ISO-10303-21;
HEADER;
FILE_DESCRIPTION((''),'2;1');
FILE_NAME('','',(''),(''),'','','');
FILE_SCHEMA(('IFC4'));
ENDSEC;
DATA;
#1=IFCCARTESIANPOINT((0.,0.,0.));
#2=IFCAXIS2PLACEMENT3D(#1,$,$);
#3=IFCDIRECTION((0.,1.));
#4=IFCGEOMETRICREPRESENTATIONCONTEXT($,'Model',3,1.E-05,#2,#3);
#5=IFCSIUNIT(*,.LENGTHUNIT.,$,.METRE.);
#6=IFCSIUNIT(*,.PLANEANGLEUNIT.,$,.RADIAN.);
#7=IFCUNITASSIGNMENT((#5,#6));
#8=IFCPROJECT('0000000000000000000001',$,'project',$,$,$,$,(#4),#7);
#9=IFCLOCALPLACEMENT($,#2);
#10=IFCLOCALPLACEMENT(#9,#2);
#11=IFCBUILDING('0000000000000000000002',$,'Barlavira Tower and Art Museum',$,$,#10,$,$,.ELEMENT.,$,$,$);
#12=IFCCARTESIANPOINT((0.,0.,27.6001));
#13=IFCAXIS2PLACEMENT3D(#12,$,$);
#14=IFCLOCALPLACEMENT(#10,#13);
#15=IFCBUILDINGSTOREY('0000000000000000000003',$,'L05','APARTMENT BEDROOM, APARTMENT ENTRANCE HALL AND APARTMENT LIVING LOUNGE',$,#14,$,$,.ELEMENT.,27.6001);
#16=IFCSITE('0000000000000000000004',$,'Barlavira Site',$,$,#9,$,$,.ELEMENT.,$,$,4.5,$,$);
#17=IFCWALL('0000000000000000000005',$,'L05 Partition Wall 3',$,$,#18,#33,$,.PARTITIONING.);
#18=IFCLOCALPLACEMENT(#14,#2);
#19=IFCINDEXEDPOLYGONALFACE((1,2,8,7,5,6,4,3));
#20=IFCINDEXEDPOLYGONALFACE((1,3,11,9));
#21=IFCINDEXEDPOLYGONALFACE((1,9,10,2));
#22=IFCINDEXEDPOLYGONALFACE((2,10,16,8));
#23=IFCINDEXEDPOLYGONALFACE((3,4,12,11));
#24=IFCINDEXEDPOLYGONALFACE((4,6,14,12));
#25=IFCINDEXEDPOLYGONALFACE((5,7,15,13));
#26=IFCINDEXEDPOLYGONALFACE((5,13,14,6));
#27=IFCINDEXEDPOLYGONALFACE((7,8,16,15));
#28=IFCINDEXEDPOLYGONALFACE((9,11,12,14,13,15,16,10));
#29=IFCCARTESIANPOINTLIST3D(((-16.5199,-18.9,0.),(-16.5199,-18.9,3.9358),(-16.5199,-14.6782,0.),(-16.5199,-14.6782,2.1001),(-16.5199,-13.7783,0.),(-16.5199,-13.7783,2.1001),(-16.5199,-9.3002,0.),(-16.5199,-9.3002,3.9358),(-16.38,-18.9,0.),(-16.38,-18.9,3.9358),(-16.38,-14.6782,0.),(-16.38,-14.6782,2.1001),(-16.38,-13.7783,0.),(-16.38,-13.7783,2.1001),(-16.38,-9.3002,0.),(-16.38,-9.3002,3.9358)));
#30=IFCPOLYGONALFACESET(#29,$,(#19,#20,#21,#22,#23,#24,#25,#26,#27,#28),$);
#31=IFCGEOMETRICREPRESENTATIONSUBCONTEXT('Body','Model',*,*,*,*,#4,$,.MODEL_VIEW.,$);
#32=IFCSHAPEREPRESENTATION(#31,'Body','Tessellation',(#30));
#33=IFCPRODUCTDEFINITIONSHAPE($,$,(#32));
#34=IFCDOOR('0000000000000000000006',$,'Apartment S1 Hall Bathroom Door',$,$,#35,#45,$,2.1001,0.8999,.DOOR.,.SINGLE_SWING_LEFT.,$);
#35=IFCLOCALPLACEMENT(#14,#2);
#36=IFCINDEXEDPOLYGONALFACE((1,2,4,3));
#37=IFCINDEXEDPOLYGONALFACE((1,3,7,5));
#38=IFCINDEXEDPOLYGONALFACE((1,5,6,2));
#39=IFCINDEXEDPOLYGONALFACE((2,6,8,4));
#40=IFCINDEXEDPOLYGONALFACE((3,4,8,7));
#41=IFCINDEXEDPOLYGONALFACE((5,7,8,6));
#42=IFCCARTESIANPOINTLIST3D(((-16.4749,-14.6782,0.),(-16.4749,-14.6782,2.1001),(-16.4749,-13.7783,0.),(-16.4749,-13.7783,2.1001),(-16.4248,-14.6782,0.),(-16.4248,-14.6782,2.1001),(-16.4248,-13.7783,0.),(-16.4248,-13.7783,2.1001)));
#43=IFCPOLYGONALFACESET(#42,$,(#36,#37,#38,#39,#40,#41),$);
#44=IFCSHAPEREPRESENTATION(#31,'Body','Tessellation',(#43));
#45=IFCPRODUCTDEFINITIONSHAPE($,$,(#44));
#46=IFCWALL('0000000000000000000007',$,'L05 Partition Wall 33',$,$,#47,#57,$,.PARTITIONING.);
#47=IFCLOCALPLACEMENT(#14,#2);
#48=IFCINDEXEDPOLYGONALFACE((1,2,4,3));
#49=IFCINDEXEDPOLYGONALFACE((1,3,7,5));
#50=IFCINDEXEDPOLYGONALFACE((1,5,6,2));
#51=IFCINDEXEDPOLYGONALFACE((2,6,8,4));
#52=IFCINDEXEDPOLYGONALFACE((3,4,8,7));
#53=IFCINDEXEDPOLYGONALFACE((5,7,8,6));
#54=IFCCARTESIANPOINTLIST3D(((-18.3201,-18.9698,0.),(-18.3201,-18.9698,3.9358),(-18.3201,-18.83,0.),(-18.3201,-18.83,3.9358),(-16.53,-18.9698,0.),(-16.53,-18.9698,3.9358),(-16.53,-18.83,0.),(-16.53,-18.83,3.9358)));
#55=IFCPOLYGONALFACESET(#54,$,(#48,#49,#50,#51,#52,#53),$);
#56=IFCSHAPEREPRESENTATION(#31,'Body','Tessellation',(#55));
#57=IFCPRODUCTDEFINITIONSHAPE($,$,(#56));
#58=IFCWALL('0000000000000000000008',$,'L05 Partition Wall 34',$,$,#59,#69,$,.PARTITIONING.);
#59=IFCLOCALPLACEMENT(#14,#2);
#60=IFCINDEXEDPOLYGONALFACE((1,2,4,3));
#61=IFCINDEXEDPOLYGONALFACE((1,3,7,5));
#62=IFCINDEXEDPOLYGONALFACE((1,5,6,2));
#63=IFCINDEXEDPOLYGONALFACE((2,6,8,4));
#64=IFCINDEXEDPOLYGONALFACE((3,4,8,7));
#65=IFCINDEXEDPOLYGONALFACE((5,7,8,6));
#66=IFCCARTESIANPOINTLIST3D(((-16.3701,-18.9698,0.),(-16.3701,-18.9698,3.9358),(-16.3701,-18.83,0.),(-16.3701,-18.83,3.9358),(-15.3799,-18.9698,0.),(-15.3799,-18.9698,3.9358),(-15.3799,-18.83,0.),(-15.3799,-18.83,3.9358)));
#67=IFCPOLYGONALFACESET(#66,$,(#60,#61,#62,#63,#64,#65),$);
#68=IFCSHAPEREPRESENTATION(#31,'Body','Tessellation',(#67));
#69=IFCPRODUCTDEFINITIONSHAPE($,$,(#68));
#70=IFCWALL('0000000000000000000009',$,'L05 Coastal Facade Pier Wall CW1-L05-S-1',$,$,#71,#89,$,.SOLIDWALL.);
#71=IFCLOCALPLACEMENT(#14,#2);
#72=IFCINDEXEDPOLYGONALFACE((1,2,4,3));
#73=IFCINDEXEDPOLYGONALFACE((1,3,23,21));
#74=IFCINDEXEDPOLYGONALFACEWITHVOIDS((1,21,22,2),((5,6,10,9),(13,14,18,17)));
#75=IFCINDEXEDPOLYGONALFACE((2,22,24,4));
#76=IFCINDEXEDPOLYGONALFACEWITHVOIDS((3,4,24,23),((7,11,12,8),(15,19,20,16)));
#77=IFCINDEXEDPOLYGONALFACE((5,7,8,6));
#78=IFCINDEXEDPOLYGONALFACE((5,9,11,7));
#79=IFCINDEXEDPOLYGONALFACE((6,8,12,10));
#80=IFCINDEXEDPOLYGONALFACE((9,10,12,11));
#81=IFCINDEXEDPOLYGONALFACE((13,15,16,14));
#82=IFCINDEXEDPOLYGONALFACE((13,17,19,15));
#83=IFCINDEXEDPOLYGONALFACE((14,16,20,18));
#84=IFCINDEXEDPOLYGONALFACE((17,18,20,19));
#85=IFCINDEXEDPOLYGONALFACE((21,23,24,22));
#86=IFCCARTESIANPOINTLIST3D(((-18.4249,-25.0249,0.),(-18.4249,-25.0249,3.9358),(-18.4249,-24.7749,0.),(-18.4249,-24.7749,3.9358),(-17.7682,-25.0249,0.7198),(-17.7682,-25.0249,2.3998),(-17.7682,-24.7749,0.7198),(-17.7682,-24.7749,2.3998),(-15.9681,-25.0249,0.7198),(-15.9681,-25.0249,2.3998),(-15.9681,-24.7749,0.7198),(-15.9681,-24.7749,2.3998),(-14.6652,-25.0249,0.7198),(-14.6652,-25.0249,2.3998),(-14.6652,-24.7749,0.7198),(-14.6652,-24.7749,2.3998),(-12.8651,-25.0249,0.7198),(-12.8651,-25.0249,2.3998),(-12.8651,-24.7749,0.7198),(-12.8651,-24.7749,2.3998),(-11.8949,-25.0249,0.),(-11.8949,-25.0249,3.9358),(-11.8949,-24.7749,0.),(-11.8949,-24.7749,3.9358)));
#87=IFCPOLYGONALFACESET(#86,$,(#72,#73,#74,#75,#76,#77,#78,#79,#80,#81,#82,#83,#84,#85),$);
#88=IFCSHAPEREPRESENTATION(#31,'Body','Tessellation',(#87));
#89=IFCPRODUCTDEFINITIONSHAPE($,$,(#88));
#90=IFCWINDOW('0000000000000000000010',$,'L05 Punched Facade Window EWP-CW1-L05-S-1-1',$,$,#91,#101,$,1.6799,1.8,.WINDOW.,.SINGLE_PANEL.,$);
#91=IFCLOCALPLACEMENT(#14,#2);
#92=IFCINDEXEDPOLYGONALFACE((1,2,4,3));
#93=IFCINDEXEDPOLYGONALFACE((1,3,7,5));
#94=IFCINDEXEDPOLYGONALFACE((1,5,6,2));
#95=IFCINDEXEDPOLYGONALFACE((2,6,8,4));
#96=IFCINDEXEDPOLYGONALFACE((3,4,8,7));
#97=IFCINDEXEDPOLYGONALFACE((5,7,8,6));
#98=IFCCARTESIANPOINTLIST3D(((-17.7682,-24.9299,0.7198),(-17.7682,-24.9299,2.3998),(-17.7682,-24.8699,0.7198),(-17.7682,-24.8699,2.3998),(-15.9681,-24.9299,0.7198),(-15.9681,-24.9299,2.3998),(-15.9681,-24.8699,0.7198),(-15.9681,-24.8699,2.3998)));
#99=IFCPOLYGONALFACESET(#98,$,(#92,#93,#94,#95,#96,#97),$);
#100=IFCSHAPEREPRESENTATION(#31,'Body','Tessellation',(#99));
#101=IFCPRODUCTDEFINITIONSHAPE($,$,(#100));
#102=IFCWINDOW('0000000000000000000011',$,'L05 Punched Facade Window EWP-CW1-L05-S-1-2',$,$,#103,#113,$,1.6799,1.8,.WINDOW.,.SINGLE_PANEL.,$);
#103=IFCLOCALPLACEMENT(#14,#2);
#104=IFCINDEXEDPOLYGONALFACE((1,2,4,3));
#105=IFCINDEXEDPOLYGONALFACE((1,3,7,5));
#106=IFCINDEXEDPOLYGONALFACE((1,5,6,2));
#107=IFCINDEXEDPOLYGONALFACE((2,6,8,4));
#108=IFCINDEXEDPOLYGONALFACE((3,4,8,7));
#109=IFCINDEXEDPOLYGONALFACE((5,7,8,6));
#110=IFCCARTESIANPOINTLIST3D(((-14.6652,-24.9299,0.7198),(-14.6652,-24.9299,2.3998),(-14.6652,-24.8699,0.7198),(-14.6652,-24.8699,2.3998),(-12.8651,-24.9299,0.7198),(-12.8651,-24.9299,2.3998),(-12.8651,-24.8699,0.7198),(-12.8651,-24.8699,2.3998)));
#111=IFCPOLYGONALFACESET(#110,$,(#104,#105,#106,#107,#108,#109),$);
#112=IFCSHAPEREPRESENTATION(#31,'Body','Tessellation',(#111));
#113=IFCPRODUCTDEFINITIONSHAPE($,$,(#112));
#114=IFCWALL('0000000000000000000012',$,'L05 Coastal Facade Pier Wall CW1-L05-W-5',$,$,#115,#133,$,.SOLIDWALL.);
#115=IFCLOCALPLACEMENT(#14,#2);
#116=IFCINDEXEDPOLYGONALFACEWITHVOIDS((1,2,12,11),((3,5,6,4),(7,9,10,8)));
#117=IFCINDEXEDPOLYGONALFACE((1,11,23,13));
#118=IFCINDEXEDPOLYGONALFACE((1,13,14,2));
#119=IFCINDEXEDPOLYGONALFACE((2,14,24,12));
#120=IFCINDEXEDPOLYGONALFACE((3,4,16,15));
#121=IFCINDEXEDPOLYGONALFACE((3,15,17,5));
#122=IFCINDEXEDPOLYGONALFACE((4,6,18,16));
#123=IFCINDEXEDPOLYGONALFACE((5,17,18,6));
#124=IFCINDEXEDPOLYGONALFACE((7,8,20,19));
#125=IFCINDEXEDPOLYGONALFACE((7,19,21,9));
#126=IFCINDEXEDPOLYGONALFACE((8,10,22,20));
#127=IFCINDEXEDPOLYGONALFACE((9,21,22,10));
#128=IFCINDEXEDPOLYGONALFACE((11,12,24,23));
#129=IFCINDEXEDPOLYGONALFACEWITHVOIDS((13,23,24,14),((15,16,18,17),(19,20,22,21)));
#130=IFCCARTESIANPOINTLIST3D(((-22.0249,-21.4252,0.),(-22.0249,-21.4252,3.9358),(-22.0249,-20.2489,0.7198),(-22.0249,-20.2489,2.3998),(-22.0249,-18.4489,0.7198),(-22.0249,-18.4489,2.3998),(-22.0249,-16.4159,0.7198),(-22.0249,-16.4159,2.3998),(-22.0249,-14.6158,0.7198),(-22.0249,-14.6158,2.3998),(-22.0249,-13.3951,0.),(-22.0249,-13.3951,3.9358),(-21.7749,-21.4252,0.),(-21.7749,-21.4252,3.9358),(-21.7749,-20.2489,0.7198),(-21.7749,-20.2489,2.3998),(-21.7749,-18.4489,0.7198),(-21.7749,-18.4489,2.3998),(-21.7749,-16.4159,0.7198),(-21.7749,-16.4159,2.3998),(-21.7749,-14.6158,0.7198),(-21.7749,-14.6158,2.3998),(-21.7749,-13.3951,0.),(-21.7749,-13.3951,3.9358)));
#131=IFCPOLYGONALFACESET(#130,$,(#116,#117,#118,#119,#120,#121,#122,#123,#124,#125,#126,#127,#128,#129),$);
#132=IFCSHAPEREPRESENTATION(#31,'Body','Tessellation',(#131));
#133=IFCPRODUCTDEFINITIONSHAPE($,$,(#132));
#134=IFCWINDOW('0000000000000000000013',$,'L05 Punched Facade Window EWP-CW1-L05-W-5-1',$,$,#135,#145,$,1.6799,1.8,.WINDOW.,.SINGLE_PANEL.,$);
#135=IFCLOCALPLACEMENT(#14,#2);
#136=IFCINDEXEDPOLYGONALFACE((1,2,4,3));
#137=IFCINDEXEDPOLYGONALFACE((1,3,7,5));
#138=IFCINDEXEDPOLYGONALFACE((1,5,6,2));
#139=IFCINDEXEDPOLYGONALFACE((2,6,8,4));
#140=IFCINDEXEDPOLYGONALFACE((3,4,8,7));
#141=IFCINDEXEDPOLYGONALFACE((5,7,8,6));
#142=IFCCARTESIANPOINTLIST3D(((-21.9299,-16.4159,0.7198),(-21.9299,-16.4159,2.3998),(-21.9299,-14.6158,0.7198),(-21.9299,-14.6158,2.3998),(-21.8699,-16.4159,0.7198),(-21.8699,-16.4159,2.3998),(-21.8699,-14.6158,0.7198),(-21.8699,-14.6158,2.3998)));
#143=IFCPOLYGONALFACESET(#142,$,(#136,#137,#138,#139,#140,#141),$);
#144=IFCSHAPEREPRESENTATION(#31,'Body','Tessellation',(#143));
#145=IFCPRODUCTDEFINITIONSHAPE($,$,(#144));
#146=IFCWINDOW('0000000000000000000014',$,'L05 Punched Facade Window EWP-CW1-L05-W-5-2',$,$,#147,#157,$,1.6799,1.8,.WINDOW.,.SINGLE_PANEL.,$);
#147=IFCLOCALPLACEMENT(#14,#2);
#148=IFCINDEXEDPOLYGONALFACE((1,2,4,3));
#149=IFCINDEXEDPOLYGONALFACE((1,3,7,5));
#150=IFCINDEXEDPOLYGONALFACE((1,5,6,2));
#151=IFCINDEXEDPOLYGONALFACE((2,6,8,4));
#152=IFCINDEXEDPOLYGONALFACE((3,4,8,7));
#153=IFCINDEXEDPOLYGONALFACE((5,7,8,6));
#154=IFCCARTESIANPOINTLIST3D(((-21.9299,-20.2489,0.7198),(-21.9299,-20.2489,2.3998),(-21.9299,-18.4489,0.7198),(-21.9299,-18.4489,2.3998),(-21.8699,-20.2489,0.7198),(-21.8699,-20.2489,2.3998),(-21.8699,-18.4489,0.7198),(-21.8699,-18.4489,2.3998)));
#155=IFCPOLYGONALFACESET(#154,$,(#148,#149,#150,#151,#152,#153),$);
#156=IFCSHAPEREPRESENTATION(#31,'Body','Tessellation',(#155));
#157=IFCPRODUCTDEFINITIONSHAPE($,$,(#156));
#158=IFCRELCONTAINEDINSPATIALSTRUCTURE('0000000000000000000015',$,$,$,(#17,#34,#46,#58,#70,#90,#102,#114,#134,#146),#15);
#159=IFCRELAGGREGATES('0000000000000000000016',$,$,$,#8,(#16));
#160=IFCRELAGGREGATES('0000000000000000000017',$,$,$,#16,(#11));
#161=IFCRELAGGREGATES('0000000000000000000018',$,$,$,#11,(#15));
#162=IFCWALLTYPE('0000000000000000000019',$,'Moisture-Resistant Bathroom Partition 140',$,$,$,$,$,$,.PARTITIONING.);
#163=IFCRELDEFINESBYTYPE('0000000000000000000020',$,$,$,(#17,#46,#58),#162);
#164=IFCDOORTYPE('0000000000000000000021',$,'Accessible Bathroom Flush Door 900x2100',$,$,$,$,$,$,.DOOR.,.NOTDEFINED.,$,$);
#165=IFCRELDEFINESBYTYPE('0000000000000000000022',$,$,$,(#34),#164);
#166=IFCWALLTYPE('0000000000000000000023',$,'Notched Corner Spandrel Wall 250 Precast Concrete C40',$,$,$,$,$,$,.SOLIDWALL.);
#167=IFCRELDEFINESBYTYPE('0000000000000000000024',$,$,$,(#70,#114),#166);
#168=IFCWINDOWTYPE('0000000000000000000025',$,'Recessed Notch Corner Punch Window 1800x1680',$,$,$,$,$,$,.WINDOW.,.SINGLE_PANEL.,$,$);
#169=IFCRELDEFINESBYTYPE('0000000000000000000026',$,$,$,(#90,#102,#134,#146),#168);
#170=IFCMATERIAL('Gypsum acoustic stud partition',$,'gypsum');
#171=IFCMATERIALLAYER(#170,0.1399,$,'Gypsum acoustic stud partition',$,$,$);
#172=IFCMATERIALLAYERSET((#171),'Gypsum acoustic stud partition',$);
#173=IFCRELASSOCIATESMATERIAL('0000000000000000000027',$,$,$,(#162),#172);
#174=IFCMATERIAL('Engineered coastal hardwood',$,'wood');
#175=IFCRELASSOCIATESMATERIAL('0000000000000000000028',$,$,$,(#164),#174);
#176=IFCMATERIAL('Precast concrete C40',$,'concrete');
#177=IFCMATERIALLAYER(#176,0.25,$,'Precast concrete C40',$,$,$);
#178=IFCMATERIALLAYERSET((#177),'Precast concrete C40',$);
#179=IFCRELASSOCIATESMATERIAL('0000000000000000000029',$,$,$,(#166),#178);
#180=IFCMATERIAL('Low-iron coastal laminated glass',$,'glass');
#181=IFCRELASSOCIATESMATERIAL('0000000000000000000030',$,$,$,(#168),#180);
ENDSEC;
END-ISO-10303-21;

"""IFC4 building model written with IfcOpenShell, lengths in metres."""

from ifc_helpers import new_model, si_unit, direction, frame, frame_2d, origin, place, context, subcontext, project, spatial, rectangle, extrude, material, layer, layer_set, type_object, element, fill, save


model = new_model("IFC4")

# Units and contexts
model_context = context("Model", 3, precision=1e-05, world=origin(), true_north=direction((0.0, 1.0)))
body_context = subcontext(model_context, "Body", "Model", "MODEL_VIEW")
ifc_project = project(units=[si_unit("LENGTHUNIT", "METRE"), si_unit("PLANEANGLEUNIT", "RADIAN")], contexts=[model_context])

# Site, building, storey
site_placement = place(None, origin())
site = spatial("IfcSite", under=ifc_project, at=site_placement, Name="Barlavira Site", CompositionType="ELEMENT", RefElevation=4.5)
building_placement = place(site_placement, origin())
building = spatial("IfcBuilding", under=site, at=building_placement, Name="Barlavira Tower and Art Museum", CompositionType="ELEMENT")
storey_placement = place(building_placement, frame((0.0, 0.0, 27.6001)))
storey = spatial("IfcBuildingStorey", under=building, at=storey_placement, Name="L05", Description="APARTMENT BEDROOM, APARTMENT ENTRANCE HALL AND APARTMENT LIVING LOUNGE", CompositionType="ELEMENT", Elevation=27.6001)

# Shared definitions
ifc_material_1 = material(Name="Gypsum acoustic stud partition", Category="gypsum")
ifc_material_2 = material(Name="Engineered coastal hardwood", Category="wood")

# Wall, opening, door
ifc_layer_1 = layer(ifc_material_1, 0.1399, Name="Gypsum acoustic stud partition")
ifc_layer_set_1 = layer_set([ifc_layer_1], Name="Gypsum acoustic stud partition")
wall_type_1 = type_object("IfcWallType", Name="Moisture-Resistant Bathroom Partition 140", PredefinedType="PARTITIONING", material=ifc_layer_set_1)
wall_1_placement = place(storey_placement, frame((-16.45, -18.8999, 0.0), z_axis=(0.0, 0.0, 1.0), x_axis=(0.0, 1.0, 0.0)))
wall_1 = element("IfcWall", 1, at=wall_1_placement, inside=storey, type_object=wall_type_1, Name="L05 Partition Wall 3", PredefinedType="PARTITIONING", context=body_context, shape_type="SweptSolid", body=[
    extrude(rectangle(XDim=9.5999, YDim=0.1399, at=frame_2d((4.7998, 0.0))), origin(), (0.0, 0.0, 1.0), 3.9358),
])
opening_1_placement = place(wall_1_placement, frame((4.2217, 0.0, 0.0)))
opening_1 = element("IfcOpeningElement", 2, at=opening_1_placement, cuts=wall_1, PredefinedType="OPENING", context=body_context, shape_type="SweptSolid", body=[
    extrude(rectangle(XDim=0.8999, YDim=2.1001, at=frame_2d((0.45, 1.05))), frame((0.0, 0.0801, 0.0), z_axis=(0.0, -1.0, 0.0), x_axis=(1.0, 0.0, 0.0)), (0.0, 0.0, 1.0), 0.1599),
])
door_type_1 = type_object("IfcDoorType", Name="Accessible Bathroom Flush Door 900x2100", OperationType="NOTDEFINED", PredefinedType="DOOR", material=ifc_material_2)
door_1_placement = place(opening_1_placement, origin())
door_1 = element("IfcDoor", 3, at=door_1_placement, inside=storey, type_object=door_type_1, Name="Apartment S1 Hall Bathroom Door", OperationType="SINGLE_SWING_LEFT", OverallHeight=2.1001, OverallWidth=0.8999, PredefinedType="DOOR", context=body_context, shape_type="SweptSolid", body=[
    extrude(rectangle(XDim=0.8999, YDim=2.1001, at=frame_2d((0.45, 1.05))), frame((0.0, 0.0249, 0.0), z_axis=(0.0, -1.0, 0.0), x_axis=(1.0, 0.0, 0.0)), (0.0, 0.0, 1.0), 0.05),
])
fill(opening_1, door_1)

# Walls
wall_2_placement = place(storey_placement, frame((-18.3201, -18.8999, 0.0), z_axis=(0.0, 0.0, 1.0), x_axis=(1.0, 0.0, 0.0)))
element("IfcWall", 4, at=wall_2_placement, inside=storey, type_object=wall_type_1, Name="L05 Partition Wall 33", PredefinedType="PARTITIONING", context=body_context, shape_type="SweptSolid", body=[
    extrude(rectangle(XDim=1.79, YDim=0.1399, at=frame_2d((0.895, 0.0))), origin(), (0.0, 0.0, 1.0), 3.9358),
])
wall_3_placement = place(storey_placement, frame((-16.3701, -18.8999, 0.0), z_axis=(0.0, 0.0, 1.0), x_axis=(1.0, 0.0, 0.0)))
element("IfcWall", 5, at=wall_3_placement, inside=storey, type_object=wall_type_1, Name="L05 Partition Wall 34", PredefinedType="PARTITIONING", context=body_context, shape_type="SweptSolid", body=[
    extrude(rectangle(XDim=0.9902, YDim=0.1399, at=frame_2d((0.4951, 0.0))), origin(), (0.0, 0.0, 1.0), 3.9358),
])

# Walls, openings, windows
ifc_material_3 = material(Name="Precast concrete C40", Category="concrete")
ifc_layer_2 = layer(ifc_material_3, 0.25, Name="Precast concrete C40")
ifc_layer_set_2 = layer_set([ifc_layer_2], Name="Precast concrete C40")
wall_type_2 = type_object("IfcWallType", Name="Notched Corner Spandrel Wall 250 Precast Concrete C40", PredefinedType="SOLIDWALL", material=ifc_layer_set_2)
wall_4_placement = place(storey_placement, frame((-18.425, -24.8999, 0.0), z_axis=(0.0, 0.0, 1.0), x_axis=(1.0, 0.0, 0.0)))
wall_4 = element("IfcWall", 6, at=wall_4_placement, inside=storey, type_object=wall_type_2, Name="L05 Coastal Facade Pier Wall CW1-L05-S-1", PredefinedType="SOLIDWALL", context=body_context, shape_type="SweptSolid", body=[
    extrude(rectangle(XDim=6.53, YDim=0.25, at=frame_2d((3.2651, 0.0))), origin(), (0.0, 0.0, 1.0), 3.9358),
])
opening_2_placement = place(wall_4_placement, frame((0.657, 0.0, 0.72)))
opening_2 = element("IfcOpeningElement", 7, at=opening_2_placement, cuts=wall_4, PredefinedType="OPENING", context=body_context, shape_type="SweptSolid", body=[
    extrude(rectangle(XDim=1.8, YDim=1.6799, at=frame_2d((0.8999, 0.8398))), frame((0.0, 0.135, 0.0), z_axis=(0.0, -1.0, 0.0), x_axis=(1.0, 0.0, 0.0)), (0.0, 0.0, 1.0), 0.27),
])
opening_3_placement = place(wall_4_placement, frame((3.76, 0.0, 0.72)))
opening_3 = element("IfcOpeningElement", 8, at=opening_3_placement, cuts=wall_4, PredefinedType="OPENING", context=body_context, shape_type="SweptSolid", body=[
    extrude(rectangle(XDim=1.8, YDim=1.6799, at=frame_2d((0.8999, 0.8398))), frame((0.0, 0.135, 0.0), z_axis=(0.0, -1.0, 0.0), x_axis=(1.0, 0.0, 0.0)), (0.0, 0.0, 1.0), 0.27),
])
ifc_material_4 = material(Name="Low-iron coastal laminated glass", Category="glass")
window_type = type_object("IfcWindowType", Name="Recessed Notch Corner Punch Window 1800x1680", PartitioningType="SINGLE_PANEL", PredefinedType="WINDOW", material=ifc_material_4)
window_1_placement = place(opening_2_placement, origin())
window_1 = element("IfcWindow", 9, at=window_1_placement, inside=storey, type_object=window_type, Name="L05 Punched Facade Window EWP-CW1-L05-S-1-1", OverallHeight=1.6799, OverallWidth=1.8, PartitioningType="SINGLE_PANEL", PredefinedType="WINDOW", context=body_context, shape_type="SweptSolid", body=[
    extrude(rectangle(XDim=1.8, YDim=1.6799, at=frame_2d((0.8999, 0.8398))), frame((0.0, 0.03, 0.0), z_axis=(0.0, -1.0, 0.0), x_axis=(1.0, 0.0, 0.0)), (0.0, 0.0, 1.0), 0.0601),
])
fill(opening_2, window_1)
window_2_placement = place(opening_3_placement, origin())
window_2 = element("IfcWindow", 10, at=window_2_placement, inside=storey, type_object=window_type, Name="L05 Punched Facade Window EWP-CW1-L05-S-1-2", OverallHeight=1.6799, OverallWidth=1.8, PartitioningType="SINGLE_PANEL", PredefinedType="WINDOW", context=body_context, shape_type="SweptSolid", body=[
    extrude(rectangle(XDim=1.8, YDim=1.6799, at=frame_2d((0.8999, 0.8398))), frame((0.0, 0.03, 0.0), z_axis=(0.0, -1.0, 0.0), x_axis=(1.0, 0.0, 0.0)), (0.0, 0.0, 1.0), 0.0601),
])
fill(opening_3, window_2)
wall_5_placement = place(storey_placement, frame((-21.8999, -13.395, 0.0), z_axis=(0.0, 0.0, 1.0), x_axis=(0.0, -1.0, 0.0)))
wall_5 = element("IfcWall", 11, at=wall_5_placement, inside=storey, type_object=wall_type_2, Name="L05 Coastal Facade Pier Wall CW1-L05-W-5", PredefinedType="SOLIDWALL", context=body_context, shape_type="SweptSolid", body=[
    extrude(rectangle(XDim=8.03, YDim=0.25, at=frame_2d((4.0151, 0.0))), origin(), (0.0, 0.0, 1.0), 3.9358),
])
opening_4_placement = place(wall_5_placement, frame((1.2209, 0.0, 0.72)))
opening_4 = element("IfcOpeningElement", 12, at=opening_4_placement, cuts=wall_5, PredefinedType="OPENING", context=body_context, shape_type="SweptSolid", body=[
    extrude(rectangle(XDim=1.8, YDim=1.6799, at=frame_2d((0.8999, 0.8398))), frame((0.0, 0.135, 0.0), z_axis=(0.0, -1.0, 0.0), x_axis=(1.0, 0.0, 0.0)), (0.0, 0.0, 1.0), 0.27),
])
opening_5_placement = place(wall_5_placement, frame((5.054, 0.0, 0.72)))
opening_5 = element("IfcOpeningElement", 13, at=opening_5_placement, cuts=wall_5, PredefinedType="OPENING", context=body_context, shape_type="SweptSolid", body=[
    extrude(rectangle(XDim=1.8, YDim=1.6799, at=frame_2d((0.8999, 0.8398))), frame((0.0, 0.135, 0.0), z_axis=(0.0, -1.0, 0.0), x_axis=(1.0, 0.0, 0.0)), (0.0, 0.0, 1.0), 0.27),
])
window_3_placement = place(opening_4_placement, origin())
window_3 = element("IfcWindow", 14, at=window_3_placement, inside=storey, type_object=window_type, Name="L05 Punched Facade Window EWP-CW1-L05-W-5-1", OverallHeight=1.6799, OverallWidth=1.8, PartitioningType="SINGLE_PANEL", PredefinedType="WINDOW", context=body_context, shape_type="SweptSolid", body=[
    extrude(rectangle(XDim=1.8, YDim=1.6799, at=frame_2d((0.8999, 0.8398))), frame((0.0, 0.03, 0.0), z_axis=(0.0, -1.0, 0.0), x_axis=(1.0, 0.0, 0.0)), (0.0, 0.0, 1.0), 0.0601),
])
fill(opening_4, window_3)
window_4_placement = place(opening_5_placement, origin())
window_4 = element("IfcWindow", 15, at=window_4_placement, inside=storey, type_object=window_type, Name="L05 Punched Facade Window EWP-CW1-L05-W-5-2", OverallHeight=1.6799, OverallWidth=1.8, PartitioningType="SINGLE_PANEL", PredefinedType="WINDOW", context=body_context, shape_type="SweptSolid", body=[
    extrude(rectangle(XDim=1.8, YDim=1.6799, at=frame_2d((0.8999, 0.8398))), frame((0.0, 0.03, 0.0), z_axis=(0.0, -1.0, 0.0), x_axis=(1.0, 0.0, 0.0)), (0.0, 0.0, 1.0), 0.0601),
])
fill(opening_5, window_4)

save(model, "model.ifc")
